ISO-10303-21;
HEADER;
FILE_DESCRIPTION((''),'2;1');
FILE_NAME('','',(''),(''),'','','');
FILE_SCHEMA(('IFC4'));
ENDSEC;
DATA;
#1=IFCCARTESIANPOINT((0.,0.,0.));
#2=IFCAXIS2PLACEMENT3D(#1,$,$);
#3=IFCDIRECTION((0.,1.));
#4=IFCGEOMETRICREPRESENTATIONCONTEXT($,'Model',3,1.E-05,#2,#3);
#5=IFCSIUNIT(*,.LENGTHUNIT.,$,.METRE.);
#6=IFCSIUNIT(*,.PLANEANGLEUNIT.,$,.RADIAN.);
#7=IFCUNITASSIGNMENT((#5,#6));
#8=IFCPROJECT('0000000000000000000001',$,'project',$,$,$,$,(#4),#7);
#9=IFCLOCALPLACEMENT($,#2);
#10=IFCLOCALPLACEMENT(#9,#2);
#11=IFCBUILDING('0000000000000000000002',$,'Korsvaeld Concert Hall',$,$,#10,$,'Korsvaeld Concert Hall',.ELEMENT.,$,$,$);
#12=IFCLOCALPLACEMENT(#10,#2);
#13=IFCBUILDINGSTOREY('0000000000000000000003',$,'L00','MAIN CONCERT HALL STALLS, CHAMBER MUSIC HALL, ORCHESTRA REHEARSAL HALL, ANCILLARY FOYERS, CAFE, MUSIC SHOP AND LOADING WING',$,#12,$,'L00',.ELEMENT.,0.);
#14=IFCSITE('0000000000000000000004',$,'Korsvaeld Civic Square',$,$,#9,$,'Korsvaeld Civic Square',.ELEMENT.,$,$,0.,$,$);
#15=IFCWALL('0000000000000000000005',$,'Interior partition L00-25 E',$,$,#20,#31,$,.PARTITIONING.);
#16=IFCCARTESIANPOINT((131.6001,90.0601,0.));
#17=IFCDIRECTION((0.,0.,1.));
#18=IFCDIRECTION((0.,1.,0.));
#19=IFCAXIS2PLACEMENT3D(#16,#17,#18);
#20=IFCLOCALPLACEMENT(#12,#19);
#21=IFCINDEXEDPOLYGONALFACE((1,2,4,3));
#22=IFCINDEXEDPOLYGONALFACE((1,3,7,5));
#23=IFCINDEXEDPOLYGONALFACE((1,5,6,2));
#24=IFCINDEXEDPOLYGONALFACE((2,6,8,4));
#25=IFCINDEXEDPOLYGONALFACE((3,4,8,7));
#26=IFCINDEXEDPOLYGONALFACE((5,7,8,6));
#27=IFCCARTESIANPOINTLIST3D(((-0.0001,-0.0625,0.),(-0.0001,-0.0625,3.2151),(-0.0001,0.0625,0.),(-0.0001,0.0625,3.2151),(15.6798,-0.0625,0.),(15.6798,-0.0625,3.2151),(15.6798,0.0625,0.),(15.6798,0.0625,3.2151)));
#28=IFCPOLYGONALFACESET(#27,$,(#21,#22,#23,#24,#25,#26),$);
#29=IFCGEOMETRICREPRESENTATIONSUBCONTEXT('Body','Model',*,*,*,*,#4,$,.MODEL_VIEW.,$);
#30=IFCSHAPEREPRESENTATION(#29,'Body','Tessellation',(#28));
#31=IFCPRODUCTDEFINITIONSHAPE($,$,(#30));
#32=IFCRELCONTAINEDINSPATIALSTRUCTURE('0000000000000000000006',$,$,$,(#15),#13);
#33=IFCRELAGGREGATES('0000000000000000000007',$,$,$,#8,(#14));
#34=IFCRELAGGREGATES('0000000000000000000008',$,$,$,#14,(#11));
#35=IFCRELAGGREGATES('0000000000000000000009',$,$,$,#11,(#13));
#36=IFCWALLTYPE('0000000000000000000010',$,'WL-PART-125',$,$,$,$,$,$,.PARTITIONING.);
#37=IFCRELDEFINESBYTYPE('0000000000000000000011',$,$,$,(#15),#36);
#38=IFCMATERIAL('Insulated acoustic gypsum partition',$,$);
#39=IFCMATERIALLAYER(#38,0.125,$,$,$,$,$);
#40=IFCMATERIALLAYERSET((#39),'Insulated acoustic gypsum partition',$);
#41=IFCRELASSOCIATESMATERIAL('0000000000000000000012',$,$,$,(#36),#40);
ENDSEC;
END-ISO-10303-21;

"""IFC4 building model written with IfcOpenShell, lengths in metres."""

from ifc_helpers import new_model, si_unit, direction, frame, frame_2d, origin, place, context, subcontext, project, spatial, rectangle, extrude, material, layer, layer_set, type_object, element, save


model = new_model("IFC4")

# Units and contexts
model_context = context("Model", 3, precision=1e-05, world=origin(), true_north=direction((0.0, 1.0)))
body_context = subcontext(model_context, "Body", "Model", "MODEL_VIEW")
ifc_project = project(units=[si_unit("LENGTHUNIT", "METRE"), si_unit("PLANEANGLEUNIT", "RADIAN")], contexts=[model_context])

# Site, building, storey
site_placement = place(None, origin())
site = spatial("IfcSite", under=ifc_project, at=site_placement, Name="Korsvaeld Civic Square", LongName="Korsvaeld Civic Square", CompositionType="ELEMENT", RefElevation=0.0)
building_placement = place(site_placement, origin())
building = spatial("IfcBuilding", under=site, at=building_placement, Name="Korsvaeld Concert Hall", LongName="Korsvaeld Concert Hall", CompositionType="ELEMENT")
storey_placement = place(building_placement, origin())
storey = spatial("IfcBuildingStorey", under=building, at=storey_placement, Name="L00", Description="MAIN CONCERT HALL STALLS, CHAMBER MUSIC HALL, ORCHESTRA REHEARSAL HALL, ANCILLARY FOYERS, CAFE, MUSIC SHOP AND LOADING WING", LongName="L00", CompositionType="ELEMENT", Elevation=0.0)

# Shared definitions
ifc_material_1 = material(Name="Insulated acoustic gypsum partition")
ifc_layer = layer(ifc_material_1, 0.125)
ifc_layer_set = layer_set([ifc_layer], Name="Insulated acoustic gypsum partition")
wall_type = type_object("IfcWallType", Name="WL-PART-125", PredefinedType="PARTITIONING", material=ifc_layer_set)

# Wall
wall_1_placement = place(storey_placement, frame((131.6001, 90.0601, 0.0), z_axis=(0.0, 0.0, 1.0), x_axis=(0.0, 1.0, 0.0)))
element("IfcWall", 1, at=wall_1_placement, inside=storey, type_object=wall_type, Name="Interior partition L00-25 E", PredefinedType="PARTITIONING", context=body_context, shape_type="SweptSolid", body=[
    extrude(rectangle(XDim=15.6799, YDim=0.125, at=frame_2d((7.8398, 0.0))), origin(), (0.0, 0.0, 1.0), 3.2151),
])

save(model, "model.ifc")
